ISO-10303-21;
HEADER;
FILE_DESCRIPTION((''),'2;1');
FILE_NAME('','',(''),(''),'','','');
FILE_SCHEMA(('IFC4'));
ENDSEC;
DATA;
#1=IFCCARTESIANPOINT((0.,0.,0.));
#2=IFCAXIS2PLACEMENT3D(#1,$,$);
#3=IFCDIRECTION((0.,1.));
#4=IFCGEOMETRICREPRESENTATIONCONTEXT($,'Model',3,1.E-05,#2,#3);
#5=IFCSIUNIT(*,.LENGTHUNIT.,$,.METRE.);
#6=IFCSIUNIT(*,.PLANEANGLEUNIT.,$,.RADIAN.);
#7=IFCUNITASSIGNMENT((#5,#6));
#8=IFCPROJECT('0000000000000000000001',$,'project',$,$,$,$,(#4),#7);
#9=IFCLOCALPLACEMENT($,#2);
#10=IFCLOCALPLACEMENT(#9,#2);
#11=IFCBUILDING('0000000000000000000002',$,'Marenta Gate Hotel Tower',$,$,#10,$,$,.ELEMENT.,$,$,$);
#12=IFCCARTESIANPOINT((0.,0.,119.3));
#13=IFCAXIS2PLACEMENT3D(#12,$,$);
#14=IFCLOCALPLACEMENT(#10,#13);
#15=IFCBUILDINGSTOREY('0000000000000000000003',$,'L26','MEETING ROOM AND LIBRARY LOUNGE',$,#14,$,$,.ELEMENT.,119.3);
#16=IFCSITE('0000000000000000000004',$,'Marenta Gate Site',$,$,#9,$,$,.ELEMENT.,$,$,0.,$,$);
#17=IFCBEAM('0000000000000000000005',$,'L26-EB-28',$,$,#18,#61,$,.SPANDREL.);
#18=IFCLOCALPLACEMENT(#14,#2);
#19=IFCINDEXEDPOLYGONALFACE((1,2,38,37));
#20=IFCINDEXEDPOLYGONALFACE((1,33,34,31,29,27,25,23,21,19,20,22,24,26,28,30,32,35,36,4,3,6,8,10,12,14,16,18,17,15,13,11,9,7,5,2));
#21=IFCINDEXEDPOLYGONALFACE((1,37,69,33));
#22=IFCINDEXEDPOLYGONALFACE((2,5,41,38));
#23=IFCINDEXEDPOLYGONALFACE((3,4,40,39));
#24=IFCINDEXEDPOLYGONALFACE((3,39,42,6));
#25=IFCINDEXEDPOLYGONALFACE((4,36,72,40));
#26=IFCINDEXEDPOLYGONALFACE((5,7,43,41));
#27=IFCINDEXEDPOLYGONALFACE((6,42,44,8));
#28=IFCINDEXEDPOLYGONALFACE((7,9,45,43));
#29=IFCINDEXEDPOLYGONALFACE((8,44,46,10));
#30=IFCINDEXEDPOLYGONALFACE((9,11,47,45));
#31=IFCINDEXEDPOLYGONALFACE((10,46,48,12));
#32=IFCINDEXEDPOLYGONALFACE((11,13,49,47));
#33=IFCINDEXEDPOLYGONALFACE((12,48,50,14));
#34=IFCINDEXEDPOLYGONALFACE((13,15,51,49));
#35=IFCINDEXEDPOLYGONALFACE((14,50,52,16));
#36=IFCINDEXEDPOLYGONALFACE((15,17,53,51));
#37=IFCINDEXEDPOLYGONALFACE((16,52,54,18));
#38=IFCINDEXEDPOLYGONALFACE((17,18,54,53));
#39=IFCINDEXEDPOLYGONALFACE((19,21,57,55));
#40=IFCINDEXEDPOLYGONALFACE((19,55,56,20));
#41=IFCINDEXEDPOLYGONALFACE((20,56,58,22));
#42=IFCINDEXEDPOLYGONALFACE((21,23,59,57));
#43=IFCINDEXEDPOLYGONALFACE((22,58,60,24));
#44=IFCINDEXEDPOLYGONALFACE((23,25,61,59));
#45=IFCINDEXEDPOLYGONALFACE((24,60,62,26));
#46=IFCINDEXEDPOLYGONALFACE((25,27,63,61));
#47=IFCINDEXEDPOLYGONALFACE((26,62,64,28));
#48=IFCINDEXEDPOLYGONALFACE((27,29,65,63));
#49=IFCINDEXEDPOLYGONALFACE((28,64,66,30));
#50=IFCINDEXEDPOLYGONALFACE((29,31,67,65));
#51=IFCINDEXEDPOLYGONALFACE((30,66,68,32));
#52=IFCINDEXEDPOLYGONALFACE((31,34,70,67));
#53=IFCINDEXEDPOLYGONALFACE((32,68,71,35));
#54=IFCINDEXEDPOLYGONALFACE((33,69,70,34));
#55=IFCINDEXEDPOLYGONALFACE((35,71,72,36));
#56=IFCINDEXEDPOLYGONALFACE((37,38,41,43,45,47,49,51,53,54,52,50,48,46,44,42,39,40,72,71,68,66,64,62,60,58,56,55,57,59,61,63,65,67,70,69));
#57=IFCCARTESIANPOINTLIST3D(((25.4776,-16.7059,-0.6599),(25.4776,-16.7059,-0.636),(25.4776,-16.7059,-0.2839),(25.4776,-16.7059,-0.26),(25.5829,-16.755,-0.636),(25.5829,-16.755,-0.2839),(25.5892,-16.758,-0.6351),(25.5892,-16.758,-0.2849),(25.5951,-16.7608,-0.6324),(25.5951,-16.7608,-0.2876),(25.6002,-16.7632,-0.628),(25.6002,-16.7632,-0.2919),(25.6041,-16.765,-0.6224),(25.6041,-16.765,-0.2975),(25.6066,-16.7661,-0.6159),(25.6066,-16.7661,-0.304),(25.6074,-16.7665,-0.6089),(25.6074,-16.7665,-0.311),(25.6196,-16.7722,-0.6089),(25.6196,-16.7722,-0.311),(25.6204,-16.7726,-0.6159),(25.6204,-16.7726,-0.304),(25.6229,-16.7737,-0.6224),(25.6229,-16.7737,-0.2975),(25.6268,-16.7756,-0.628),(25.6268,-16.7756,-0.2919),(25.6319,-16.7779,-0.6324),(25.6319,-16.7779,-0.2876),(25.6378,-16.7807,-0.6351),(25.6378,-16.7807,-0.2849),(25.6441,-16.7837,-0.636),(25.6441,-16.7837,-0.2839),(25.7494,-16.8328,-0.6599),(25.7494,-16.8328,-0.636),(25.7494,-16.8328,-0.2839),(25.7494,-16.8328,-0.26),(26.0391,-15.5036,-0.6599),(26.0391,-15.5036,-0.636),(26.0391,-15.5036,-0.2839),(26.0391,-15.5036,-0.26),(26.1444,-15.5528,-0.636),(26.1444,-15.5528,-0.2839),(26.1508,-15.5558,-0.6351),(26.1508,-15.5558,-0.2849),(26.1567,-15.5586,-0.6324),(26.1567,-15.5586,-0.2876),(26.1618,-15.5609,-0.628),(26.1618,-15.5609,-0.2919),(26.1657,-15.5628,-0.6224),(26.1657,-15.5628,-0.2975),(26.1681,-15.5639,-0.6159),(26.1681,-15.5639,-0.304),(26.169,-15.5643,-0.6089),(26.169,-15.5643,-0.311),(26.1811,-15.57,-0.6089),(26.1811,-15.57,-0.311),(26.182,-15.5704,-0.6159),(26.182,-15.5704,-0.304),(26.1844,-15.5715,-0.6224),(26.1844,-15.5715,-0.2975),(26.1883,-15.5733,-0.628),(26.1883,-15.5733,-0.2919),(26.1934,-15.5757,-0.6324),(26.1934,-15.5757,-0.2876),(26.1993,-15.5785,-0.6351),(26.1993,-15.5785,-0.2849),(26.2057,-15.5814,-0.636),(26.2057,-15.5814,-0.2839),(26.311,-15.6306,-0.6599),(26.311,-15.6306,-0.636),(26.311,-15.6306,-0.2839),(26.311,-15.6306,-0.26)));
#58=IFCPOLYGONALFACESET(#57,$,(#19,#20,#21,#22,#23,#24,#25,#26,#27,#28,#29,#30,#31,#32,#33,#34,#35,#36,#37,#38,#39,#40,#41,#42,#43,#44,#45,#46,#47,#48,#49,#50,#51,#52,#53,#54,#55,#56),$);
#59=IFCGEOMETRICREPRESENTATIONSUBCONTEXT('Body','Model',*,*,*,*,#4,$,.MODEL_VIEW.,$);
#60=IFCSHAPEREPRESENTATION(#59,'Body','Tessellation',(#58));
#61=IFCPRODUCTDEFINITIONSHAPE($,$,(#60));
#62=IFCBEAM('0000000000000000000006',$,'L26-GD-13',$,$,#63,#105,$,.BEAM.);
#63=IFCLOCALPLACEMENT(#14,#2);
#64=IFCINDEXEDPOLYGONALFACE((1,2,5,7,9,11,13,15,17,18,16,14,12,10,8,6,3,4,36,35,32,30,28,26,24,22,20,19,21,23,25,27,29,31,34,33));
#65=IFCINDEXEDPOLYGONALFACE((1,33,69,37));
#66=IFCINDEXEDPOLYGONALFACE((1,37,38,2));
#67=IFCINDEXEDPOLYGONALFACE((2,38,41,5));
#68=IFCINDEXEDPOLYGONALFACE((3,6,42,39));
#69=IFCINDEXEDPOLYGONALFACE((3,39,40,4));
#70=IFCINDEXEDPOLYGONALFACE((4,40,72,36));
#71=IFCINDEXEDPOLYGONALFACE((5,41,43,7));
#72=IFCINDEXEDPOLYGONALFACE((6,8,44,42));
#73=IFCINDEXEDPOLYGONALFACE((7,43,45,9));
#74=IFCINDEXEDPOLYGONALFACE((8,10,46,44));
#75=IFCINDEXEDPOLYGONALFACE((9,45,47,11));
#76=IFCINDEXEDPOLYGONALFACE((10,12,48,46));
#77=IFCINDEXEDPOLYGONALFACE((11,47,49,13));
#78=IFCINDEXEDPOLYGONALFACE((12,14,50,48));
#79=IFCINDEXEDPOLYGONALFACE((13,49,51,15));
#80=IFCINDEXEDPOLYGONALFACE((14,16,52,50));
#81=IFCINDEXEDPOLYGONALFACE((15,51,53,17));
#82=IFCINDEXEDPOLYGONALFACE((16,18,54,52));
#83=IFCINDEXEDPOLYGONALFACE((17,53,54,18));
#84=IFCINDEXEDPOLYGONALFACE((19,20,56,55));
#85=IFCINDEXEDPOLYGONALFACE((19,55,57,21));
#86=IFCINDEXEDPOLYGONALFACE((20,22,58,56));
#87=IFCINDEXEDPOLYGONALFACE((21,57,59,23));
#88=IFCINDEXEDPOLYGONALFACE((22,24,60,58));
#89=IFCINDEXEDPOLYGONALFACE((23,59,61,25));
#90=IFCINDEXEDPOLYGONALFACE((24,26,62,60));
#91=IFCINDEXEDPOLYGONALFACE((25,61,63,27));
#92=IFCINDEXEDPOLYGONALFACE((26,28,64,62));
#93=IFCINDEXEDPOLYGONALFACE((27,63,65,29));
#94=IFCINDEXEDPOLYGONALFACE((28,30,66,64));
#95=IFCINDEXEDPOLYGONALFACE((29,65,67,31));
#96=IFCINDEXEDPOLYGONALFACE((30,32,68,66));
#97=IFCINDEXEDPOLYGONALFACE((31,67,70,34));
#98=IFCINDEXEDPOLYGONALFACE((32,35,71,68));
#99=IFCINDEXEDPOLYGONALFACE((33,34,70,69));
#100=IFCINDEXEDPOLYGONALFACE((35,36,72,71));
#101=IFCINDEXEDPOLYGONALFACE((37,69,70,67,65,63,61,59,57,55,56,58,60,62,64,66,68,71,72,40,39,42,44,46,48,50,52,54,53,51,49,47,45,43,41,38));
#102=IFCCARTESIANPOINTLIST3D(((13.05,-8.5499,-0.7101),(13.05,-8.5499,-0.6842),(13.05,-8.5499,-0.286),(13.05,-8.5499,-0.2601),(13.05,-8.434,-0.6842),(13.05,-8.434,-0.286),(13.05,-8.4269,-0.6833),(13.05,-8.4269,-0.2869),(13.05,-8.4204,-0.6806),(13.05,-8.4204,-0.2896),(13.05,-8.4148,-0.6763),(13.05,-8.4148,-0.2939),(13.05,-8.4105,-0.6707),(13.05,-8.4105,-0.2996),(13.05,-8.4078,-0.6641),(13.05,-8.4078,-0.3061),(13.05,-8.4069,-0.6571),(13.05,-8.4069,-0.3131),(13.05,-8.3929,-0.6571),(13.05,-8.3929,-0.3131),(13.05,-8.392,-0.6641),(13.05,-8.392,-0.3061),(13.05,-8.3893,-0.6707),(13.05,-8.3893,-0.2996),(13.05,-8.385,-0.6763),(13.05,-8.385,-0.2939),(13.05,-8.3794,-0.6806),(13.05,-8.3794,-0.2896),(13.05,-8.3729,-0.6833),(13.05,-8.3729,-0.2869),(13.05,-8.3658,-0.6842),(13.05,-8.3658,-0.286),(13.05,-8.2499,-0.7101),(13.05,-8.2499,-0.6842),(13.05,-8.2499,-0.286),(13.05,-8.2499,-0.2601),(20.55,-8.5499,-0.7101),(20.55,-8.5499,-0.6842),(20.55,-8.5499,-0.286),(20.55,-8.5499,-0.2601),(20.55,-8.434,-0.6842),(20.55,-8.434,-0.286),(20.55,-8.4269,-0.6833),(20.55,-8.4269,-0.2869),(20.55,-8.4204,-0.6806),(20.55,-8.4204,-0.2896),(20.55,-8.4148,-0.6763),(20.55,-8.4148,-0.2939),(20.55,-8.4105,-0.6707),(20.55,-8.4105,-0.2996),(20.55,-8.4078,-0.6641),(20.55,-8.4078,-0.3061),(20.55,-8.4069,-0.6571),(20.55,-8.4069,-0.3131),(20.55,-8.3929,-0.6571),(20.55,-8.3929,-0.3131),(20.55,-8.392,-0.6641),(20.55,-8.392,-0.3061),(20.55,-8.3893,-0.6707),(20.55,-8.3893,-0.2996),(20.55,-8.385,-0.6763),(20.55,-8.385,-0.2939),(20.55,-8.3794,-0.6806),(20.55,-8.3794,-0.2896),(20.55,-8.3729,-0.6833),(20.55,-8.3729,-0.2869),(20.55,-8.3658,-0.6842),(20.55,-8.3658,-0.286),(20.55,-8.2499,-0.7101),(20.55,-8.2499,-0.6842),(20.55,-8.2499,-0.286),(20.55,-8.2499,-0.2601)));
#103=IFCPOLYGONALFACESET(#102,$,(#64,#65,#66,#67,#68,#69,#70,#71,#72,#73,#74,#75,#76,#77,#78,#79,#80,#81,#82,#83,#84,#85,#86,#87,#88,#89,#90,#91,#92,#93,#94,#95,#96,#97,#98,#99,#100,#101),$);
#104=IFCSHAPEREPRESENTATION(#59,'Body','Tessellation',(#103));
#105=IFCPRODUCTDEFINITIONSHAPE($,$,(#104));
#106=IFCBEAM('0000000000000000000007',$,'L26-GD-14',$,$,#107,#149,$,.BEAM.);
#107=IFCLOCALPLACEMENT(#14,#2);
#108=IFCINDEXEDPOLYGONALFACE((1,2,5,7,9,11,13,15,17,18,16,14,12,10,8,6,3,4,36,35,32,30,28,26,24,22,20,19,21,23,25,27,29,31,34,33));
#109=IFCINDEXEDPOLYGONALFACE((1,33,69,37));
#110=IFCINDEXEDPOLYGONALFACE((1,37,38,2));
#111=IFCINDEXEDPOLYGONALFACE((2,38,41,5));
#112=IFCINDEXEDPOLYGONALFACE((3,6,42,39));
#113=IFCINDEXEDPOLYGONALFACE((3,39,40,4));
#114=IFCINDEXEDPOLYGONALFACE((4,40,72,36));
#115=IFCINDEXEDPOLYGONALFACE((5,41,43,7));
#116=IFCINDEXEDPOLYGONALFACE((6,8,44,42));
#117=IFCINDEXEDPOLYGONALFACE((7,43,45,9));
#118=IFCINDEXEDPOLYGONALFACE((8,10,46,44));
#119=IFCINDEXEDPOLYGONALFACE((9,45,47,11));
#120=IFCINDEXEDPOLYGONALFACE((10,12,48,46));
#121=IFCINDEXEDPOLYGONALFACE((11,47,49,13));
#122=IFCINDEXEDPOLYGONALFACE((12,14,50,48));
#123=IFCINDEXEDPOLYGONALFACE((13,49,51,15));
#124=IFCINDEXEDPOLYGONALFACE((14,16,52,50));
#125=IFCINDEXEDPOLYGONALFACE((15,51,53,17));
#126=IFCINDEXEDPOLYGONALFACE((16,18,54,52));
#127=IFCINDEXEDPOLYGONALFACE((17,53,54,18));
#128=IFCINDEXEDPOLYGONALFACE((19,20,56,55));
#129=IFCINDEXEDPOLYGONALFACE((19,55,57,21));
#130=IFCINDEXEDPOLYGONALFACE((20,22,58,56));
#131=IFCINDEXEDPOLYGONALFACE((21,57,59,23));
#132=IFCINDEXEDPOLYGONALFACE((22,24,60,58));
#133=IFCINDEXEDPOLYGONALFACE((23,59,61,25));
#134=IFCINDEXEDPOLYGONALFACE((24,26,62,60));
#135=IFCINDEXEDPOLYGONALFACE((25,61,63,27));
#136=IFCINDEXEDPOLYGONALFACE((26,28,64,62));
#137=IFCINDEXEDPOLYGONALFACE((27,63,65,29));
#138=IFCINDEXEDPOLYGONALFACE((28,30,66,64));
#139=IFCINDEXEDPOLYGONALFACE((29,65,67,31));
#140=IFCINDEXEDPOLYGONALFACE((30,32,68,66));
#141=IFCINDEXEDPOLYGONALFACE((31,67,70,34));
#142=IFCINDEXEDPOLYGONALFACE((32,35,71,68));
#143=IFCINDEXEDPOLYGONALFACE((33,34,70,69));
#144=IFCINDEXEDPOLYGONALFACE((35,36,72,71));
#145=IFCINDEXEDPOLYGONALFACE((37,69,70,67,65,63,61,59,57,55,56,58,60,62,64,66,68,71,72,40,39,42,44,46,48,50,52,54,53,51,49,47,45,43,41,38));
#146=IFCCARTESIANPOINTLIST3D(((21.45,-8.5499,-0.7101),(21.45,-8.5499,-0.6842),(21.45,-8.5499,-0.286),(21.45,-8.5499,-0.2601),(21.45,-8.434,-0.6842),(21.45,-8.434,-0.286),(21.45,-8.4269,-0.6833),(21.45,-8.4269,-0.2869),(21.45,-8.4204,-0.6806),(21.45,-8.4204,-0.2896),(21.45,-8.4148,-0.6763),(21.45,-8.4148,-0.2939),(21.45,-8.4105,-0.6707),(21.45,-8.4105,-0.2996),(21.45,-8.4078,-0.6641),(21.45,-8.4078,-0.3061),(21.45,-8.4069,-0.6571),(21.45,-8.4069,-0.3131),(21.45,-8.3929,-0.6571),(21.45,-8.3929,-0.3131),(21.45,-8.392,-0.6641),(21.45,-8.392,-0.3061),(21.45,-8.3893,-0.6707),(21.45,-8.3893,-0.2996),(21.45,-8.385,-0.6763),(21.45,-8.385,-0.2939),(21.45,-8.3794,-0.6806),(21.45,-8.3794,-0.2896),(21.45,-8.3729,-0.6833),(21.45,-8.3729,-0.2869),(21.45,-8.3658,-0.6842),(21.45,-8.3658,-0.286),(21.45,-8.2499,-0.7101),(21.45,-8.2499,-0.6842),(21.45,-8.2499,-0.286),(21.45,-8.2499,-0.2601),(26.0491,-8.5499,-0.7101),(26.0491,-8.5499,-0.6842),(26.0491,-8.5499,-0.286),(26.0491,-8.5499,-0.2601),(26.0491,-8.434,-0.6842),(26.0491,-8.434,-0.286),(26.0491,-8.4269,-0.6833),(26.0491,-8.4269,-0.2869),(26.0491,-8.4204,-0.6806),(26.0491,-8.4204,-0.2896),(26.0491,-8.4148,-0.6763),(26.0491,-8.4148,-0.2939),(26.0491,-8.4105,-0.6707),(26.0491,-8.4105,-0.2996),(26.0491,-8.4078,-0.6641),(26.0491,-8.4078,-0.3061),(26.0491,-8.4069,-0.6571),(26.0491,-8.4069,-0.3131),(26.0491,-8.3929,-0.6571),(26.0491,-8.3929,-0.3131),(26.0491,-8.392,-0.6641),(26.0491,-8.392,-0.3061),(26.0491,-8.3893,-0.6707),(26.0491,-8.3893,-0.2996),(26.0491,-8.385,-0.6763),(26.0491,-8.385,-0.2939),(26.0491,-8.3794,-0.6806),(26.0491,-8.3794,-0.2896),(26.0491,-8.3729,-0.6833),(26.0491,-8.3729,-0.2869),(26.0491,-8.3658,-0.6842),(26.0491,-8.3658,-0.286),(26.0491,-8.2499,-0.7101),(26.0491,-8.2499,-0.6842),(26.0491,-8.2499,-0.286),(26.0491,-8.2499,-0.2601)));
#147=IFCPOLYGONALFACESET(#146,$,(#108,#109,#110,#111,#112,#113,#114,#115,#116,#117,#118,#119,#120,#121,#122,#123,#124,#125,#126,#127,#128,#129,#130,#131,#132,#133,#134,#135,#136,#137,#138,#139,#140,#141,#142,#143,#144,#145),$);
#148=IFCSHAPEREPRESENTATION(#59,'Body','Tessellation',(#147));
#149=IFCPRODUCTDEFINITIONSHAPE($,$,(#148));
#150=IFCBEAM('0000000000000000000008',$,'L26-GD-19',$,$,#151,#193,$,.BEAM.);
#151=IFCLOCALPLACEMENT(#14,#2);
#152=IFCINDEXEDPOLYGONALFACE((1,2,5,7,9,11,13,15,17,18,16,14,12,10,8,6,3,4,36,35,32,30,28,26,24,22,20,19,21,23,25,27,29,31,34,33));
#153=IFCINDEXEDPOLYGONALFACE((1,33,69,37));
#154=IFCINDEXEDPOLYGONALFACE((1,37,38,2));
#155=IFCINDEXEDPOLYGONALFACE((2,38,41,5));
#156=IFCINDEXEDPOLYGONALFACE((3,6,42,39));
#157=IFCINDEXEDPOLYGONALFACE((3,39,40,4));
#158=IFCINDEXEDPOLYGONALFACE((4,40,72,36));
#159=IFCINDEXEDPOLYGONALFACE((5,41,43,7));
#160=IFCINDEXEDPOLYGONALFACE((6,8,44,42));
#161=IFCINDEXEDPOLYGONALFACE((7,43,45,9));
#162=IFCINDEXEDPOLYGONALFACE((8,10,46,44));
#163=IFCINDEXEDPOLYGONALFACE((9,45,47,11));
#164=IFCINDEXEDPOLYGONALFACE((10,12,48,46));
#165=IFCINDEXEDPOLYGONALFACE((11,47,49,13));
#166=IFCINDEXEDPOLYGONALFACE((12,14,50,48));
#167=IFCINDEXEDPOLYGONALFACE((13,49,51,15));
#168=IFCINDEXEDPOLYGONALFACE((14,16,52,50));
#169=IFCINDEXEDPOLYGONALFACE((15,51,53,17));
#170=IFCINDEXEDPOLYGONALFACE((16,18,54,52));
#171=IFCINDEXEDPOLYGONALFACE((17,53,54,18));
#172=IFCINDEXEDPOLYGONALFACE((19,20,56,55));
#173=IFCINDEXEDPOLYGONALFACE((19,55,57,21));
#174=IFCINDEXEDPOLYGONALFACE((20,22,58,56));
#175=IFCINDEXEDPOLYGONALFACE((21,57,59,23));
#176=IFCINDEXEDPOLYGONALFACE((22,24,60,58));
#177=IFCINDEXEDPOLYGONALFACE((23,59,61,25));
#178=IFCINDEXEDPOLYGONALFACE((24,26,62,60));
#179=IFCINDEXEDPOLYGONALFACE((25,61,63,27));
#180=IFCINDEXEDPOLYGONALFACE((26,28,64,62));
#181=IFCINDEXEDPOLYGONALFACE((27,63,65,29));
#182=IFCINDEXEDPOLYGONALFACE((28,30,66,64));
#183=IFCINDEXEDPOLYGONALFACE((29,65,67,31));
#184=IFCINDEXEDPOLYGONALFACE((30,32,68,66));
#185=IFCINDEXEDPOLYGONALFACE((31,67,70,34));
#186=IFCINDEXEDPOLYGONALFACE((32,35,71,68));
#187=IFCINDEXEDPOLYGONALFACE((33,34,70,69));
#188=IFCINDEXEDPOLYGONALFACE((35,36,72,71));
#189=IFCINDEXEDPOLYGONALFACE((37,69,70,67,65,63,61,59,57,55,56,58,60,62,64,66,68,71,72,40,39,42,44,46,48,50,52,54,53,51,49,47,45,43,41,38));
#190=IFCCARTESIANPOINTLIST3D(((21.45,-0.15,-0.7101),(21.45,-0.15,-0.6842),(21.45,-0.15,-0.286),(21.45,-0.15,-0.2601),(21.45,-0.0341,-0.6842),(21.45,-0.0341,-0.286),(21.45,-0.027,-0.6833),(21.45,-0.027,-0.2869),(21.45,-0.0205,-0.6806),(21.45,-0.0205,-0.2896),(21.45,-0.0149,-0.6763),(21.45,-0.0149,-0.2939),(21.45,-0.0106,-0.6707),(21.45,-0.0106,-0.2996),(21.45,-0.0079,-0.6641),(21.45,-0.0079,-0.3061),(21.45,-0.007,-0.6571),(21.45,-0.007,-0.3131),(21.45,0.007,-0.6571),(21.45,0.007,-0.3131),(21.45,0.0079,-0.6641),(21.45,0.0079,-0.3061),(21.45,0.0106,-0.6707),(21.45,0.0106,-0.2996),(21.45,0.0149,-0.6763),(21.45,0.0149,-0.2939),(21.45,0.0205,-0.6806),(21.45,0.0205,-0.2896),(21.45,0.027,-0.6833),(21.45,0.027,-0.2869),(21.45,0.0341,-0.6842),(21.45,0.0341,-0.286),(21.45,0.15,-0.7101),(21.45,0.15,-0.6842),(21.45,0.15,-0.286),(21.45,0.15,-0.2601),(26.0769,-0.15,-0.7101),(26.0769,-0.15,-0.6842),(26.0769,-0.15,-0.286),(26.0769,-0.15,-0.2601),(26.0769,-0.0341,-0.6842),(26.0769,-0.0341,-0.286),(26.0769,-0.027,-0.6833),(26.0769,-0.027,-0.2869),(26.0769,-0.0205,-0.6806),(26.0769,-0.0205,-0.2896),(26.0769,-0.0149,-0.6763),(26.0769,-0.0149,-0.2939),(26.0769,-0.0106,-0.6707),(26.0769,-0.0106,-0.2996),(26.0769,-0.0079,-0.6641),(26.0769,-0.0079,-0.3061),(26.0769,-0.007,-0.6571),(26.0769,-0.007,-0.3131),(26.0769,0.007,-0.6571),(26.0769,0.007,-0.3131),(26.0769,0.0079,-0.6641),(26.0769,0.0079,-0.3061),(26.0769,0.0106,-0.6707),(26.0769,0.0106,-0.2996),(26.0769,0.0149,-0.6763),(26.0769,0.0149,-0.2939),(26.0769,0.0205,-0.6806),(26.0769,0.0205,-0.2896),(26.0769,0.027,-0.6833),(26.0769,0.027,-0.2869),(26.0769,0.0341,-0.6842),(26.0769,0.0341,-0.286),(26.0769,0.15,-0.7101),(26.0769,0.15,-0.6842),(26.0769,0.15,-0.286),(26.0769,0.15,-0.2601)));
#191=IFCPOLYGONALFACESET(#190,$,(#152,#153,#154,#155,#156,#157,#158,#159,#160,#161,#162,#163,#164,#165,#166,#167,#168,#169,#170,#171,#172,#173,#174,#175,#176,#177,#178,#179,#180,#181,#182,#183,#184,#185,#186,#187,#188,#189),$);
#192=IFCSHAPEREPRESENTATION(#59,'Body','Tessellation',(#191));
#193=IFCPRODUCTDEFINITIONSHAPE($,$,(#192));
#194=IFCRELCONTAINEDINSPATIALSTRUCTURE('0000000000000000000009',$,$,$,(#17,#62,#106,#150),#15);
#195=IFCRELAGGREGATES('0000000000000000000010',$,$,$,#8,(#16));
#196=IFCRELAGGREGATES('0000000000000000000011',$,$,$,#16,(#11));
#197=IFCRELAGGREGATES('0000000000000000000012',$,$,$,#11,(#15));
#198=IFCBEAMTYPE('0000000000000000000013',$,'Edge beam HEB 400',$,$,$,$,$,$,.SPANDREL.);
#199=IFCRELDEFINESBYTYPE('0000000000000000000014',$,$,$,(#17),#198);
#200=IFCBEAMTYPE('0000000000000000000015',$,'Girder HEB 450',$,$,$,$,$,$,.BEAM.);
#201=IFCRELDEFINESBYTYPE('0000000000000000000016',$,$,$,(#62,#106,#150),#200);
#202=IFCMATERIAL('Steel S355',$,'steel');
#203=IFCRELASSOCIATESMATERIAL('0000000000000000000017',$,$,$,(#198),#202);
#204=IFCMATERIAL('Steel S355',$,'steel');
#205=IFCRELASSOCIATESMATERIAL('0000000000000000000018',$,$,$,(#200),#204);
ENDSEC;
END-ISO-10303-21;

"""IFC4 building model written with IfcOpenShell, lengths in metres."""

from ifc_helpers import new_model, si_unit, direction, frame, origin, origin_2d, place, context, subcontext, project, spatial, i_section, extrude, material, material_profile, profile_set, type_object, element, save


model = new_model("IFC4")

# Units and contexts
model_context = context("Model", 3, precision=1e-05, world=origin(), true_north=direction((0.0, 1.0)))
body_context = subcontext(model_context, "Body", "Model", "MODEL_VIEW")
ifc_project = project(units=[si_unit("LENGTHUNIT", "METRE"), si_unit("PLANEANGLEUNIT", "RADIAN")], contexts=[model_context])

# Site, building, storey
site_placement = place(None, origin())
site = spatial("IfcSite", under=ifc_project, at=site_placement, Name="Marenta Gate Site", CompositionType="ELEMENT", RefElevation=0.0)
building_placement = place(site_placement, origin())
building = spatial("IfcBuilding", under=site, at=building_placement, Name="Marenta Gate Hotel Tower", CompositionType="ELEMENT")
storey_placement = place(building_placement, frame((0.0, 0.0, 119.3)))
storey = spatial("IfcBuildingStorey", under=building, at=storey_placement, Name="L26", Description="MEETING ROOM AND LIBRARY LOUNGE", CompositionType="ELEMENT", Elevation=119.3)

# Beams
ifc_material_1 = material(Name="Steel S355", Category="steel")
ifc_material_profile_1 = material_profile(ifc_material_1, i_section(OverallWidth=0.3, OverallDepth=0.3999, WebThickness=0.0134, FlangeThickness=0.0239, FilletRadius=0.0271, at=origin_2d()), Name="HEB 400")
ifc_profile_set_1 = profile_set([ifc_material_profile_1], Name="Steel S355")
beam_type_1 = type_object("IfcBeamType", Name="Edge beam HEB 400", PredefinedType="SPANDREL", material=ifc_profile_set_1)
beam_1_placement = place(storey_placement, frame((26.175, -15.5671, -0.46), z_axis=(-0.423208, -0.906033, 0.0), x_axis=(0.906033, -0.423208, 0.0)))
element("IfcBeam", 1, at=beam_1_placement, inside=storey, type_object=beam_type_1, Name="L26-EB-28", PredefinedType="SPANDREL", context=body_context, shape_type="SweptSolid", body=[
    extrude(i_section(OverallWidth=0.3, OverallDepth=0.3999, WebThickness=0.0134, FlangeThickness=0.0239, FilletRadius=0.0271, at=origin_2d()), origin(), (0.0, 0.0, 1.0), 1.3269),
])
ifc_material_2 = material(Name="Steel S355", Category="steel")
ifc_material_profile_2 = material_profile(ifc_material_2, i_section(OverallWidth=0.3, OverallDepth=0.45, WebThickness=0.0139, FlangeThickness=0.0259, FilletRadius=0.0271, at=origin_2d()), Name="HEB 450")
ifc_profile_set_2 = profile_set([ifc_material_profile_2], Name="Steel S355")
beam_type_2 = type_object("IfcBeamType", Name="Girder HEB 450", PredefinedType="BEAM", material=ifc_profile_set_2)
beam_2_placement = place(storey_placement, frame((13.05, -8.3999, -0.4851), z_axis=(1.0, 0.0, 0.0), x_axis=(0.0, 1.0, 0.0)))
element("IfcBeam", 2, at=beam_2_placement, inside=storey, type_object=beam_type_2, Name="L26-GD-13", PredefinedType="BEAM", context=body_context, shape_type="SweptSolid", body=[
    extrude(i_section(OverallWidth=0.3, OverallDepth=0.45, WebThickness=0.0139, FlangeThickness=0.0259, FilletRadius=0.0271, at=origin_2d()), origin(), (0.0, 0.0, 1.0), 7.5),
])
beam_3_placement = place(storey_placement, frame((21.45, -8.3999, -0.4851), z_axis=(1.0, 0.0, 0.0), x_axis=(0.0, 1.0, 0.0)))
element("IfcBeam", 3, at=beam_3_placement, inside=storey, type_object=beam_type_2, Name="L26-GD-14", PredefinedType="BEAM", context=body_context, shape_type="SweptSolid", body=[
    extrude(i_section(OverallWidth=0.3, OverallDepth=0.45, WebThickness=0.0139, FlangeThickness=0.0259, FilletRadius=0.0271, at=origin_2d()), origin(), (0.0, 0.0, 1.0), 4.5991),
])
beam_4_placement = place(storey_placement, frame((21.45, 0.0, -0.4851), z_axis=(1.0, 0.0, 0.0), x_axis=(0.0, 1.0, 0.0)))
element("IfcBeam", 4, at=beam_4_placement, inside=storey, type_object=beam_type_2, Name="L26-GD-19", PredefinedType="BEAM", context=body_context, shape_type="SweptSolid", body=[
    extrude(i_section(OverallWidth=0.3, OverallDepth=0.45, WebThickness=0.0139, FlangeThickness=0.0259, FilletRadius=0.0271, at=origin_2d()), origin(), (0.0, 0.0, 1.0), 4.627),
])

save(model, "model.ifc")
